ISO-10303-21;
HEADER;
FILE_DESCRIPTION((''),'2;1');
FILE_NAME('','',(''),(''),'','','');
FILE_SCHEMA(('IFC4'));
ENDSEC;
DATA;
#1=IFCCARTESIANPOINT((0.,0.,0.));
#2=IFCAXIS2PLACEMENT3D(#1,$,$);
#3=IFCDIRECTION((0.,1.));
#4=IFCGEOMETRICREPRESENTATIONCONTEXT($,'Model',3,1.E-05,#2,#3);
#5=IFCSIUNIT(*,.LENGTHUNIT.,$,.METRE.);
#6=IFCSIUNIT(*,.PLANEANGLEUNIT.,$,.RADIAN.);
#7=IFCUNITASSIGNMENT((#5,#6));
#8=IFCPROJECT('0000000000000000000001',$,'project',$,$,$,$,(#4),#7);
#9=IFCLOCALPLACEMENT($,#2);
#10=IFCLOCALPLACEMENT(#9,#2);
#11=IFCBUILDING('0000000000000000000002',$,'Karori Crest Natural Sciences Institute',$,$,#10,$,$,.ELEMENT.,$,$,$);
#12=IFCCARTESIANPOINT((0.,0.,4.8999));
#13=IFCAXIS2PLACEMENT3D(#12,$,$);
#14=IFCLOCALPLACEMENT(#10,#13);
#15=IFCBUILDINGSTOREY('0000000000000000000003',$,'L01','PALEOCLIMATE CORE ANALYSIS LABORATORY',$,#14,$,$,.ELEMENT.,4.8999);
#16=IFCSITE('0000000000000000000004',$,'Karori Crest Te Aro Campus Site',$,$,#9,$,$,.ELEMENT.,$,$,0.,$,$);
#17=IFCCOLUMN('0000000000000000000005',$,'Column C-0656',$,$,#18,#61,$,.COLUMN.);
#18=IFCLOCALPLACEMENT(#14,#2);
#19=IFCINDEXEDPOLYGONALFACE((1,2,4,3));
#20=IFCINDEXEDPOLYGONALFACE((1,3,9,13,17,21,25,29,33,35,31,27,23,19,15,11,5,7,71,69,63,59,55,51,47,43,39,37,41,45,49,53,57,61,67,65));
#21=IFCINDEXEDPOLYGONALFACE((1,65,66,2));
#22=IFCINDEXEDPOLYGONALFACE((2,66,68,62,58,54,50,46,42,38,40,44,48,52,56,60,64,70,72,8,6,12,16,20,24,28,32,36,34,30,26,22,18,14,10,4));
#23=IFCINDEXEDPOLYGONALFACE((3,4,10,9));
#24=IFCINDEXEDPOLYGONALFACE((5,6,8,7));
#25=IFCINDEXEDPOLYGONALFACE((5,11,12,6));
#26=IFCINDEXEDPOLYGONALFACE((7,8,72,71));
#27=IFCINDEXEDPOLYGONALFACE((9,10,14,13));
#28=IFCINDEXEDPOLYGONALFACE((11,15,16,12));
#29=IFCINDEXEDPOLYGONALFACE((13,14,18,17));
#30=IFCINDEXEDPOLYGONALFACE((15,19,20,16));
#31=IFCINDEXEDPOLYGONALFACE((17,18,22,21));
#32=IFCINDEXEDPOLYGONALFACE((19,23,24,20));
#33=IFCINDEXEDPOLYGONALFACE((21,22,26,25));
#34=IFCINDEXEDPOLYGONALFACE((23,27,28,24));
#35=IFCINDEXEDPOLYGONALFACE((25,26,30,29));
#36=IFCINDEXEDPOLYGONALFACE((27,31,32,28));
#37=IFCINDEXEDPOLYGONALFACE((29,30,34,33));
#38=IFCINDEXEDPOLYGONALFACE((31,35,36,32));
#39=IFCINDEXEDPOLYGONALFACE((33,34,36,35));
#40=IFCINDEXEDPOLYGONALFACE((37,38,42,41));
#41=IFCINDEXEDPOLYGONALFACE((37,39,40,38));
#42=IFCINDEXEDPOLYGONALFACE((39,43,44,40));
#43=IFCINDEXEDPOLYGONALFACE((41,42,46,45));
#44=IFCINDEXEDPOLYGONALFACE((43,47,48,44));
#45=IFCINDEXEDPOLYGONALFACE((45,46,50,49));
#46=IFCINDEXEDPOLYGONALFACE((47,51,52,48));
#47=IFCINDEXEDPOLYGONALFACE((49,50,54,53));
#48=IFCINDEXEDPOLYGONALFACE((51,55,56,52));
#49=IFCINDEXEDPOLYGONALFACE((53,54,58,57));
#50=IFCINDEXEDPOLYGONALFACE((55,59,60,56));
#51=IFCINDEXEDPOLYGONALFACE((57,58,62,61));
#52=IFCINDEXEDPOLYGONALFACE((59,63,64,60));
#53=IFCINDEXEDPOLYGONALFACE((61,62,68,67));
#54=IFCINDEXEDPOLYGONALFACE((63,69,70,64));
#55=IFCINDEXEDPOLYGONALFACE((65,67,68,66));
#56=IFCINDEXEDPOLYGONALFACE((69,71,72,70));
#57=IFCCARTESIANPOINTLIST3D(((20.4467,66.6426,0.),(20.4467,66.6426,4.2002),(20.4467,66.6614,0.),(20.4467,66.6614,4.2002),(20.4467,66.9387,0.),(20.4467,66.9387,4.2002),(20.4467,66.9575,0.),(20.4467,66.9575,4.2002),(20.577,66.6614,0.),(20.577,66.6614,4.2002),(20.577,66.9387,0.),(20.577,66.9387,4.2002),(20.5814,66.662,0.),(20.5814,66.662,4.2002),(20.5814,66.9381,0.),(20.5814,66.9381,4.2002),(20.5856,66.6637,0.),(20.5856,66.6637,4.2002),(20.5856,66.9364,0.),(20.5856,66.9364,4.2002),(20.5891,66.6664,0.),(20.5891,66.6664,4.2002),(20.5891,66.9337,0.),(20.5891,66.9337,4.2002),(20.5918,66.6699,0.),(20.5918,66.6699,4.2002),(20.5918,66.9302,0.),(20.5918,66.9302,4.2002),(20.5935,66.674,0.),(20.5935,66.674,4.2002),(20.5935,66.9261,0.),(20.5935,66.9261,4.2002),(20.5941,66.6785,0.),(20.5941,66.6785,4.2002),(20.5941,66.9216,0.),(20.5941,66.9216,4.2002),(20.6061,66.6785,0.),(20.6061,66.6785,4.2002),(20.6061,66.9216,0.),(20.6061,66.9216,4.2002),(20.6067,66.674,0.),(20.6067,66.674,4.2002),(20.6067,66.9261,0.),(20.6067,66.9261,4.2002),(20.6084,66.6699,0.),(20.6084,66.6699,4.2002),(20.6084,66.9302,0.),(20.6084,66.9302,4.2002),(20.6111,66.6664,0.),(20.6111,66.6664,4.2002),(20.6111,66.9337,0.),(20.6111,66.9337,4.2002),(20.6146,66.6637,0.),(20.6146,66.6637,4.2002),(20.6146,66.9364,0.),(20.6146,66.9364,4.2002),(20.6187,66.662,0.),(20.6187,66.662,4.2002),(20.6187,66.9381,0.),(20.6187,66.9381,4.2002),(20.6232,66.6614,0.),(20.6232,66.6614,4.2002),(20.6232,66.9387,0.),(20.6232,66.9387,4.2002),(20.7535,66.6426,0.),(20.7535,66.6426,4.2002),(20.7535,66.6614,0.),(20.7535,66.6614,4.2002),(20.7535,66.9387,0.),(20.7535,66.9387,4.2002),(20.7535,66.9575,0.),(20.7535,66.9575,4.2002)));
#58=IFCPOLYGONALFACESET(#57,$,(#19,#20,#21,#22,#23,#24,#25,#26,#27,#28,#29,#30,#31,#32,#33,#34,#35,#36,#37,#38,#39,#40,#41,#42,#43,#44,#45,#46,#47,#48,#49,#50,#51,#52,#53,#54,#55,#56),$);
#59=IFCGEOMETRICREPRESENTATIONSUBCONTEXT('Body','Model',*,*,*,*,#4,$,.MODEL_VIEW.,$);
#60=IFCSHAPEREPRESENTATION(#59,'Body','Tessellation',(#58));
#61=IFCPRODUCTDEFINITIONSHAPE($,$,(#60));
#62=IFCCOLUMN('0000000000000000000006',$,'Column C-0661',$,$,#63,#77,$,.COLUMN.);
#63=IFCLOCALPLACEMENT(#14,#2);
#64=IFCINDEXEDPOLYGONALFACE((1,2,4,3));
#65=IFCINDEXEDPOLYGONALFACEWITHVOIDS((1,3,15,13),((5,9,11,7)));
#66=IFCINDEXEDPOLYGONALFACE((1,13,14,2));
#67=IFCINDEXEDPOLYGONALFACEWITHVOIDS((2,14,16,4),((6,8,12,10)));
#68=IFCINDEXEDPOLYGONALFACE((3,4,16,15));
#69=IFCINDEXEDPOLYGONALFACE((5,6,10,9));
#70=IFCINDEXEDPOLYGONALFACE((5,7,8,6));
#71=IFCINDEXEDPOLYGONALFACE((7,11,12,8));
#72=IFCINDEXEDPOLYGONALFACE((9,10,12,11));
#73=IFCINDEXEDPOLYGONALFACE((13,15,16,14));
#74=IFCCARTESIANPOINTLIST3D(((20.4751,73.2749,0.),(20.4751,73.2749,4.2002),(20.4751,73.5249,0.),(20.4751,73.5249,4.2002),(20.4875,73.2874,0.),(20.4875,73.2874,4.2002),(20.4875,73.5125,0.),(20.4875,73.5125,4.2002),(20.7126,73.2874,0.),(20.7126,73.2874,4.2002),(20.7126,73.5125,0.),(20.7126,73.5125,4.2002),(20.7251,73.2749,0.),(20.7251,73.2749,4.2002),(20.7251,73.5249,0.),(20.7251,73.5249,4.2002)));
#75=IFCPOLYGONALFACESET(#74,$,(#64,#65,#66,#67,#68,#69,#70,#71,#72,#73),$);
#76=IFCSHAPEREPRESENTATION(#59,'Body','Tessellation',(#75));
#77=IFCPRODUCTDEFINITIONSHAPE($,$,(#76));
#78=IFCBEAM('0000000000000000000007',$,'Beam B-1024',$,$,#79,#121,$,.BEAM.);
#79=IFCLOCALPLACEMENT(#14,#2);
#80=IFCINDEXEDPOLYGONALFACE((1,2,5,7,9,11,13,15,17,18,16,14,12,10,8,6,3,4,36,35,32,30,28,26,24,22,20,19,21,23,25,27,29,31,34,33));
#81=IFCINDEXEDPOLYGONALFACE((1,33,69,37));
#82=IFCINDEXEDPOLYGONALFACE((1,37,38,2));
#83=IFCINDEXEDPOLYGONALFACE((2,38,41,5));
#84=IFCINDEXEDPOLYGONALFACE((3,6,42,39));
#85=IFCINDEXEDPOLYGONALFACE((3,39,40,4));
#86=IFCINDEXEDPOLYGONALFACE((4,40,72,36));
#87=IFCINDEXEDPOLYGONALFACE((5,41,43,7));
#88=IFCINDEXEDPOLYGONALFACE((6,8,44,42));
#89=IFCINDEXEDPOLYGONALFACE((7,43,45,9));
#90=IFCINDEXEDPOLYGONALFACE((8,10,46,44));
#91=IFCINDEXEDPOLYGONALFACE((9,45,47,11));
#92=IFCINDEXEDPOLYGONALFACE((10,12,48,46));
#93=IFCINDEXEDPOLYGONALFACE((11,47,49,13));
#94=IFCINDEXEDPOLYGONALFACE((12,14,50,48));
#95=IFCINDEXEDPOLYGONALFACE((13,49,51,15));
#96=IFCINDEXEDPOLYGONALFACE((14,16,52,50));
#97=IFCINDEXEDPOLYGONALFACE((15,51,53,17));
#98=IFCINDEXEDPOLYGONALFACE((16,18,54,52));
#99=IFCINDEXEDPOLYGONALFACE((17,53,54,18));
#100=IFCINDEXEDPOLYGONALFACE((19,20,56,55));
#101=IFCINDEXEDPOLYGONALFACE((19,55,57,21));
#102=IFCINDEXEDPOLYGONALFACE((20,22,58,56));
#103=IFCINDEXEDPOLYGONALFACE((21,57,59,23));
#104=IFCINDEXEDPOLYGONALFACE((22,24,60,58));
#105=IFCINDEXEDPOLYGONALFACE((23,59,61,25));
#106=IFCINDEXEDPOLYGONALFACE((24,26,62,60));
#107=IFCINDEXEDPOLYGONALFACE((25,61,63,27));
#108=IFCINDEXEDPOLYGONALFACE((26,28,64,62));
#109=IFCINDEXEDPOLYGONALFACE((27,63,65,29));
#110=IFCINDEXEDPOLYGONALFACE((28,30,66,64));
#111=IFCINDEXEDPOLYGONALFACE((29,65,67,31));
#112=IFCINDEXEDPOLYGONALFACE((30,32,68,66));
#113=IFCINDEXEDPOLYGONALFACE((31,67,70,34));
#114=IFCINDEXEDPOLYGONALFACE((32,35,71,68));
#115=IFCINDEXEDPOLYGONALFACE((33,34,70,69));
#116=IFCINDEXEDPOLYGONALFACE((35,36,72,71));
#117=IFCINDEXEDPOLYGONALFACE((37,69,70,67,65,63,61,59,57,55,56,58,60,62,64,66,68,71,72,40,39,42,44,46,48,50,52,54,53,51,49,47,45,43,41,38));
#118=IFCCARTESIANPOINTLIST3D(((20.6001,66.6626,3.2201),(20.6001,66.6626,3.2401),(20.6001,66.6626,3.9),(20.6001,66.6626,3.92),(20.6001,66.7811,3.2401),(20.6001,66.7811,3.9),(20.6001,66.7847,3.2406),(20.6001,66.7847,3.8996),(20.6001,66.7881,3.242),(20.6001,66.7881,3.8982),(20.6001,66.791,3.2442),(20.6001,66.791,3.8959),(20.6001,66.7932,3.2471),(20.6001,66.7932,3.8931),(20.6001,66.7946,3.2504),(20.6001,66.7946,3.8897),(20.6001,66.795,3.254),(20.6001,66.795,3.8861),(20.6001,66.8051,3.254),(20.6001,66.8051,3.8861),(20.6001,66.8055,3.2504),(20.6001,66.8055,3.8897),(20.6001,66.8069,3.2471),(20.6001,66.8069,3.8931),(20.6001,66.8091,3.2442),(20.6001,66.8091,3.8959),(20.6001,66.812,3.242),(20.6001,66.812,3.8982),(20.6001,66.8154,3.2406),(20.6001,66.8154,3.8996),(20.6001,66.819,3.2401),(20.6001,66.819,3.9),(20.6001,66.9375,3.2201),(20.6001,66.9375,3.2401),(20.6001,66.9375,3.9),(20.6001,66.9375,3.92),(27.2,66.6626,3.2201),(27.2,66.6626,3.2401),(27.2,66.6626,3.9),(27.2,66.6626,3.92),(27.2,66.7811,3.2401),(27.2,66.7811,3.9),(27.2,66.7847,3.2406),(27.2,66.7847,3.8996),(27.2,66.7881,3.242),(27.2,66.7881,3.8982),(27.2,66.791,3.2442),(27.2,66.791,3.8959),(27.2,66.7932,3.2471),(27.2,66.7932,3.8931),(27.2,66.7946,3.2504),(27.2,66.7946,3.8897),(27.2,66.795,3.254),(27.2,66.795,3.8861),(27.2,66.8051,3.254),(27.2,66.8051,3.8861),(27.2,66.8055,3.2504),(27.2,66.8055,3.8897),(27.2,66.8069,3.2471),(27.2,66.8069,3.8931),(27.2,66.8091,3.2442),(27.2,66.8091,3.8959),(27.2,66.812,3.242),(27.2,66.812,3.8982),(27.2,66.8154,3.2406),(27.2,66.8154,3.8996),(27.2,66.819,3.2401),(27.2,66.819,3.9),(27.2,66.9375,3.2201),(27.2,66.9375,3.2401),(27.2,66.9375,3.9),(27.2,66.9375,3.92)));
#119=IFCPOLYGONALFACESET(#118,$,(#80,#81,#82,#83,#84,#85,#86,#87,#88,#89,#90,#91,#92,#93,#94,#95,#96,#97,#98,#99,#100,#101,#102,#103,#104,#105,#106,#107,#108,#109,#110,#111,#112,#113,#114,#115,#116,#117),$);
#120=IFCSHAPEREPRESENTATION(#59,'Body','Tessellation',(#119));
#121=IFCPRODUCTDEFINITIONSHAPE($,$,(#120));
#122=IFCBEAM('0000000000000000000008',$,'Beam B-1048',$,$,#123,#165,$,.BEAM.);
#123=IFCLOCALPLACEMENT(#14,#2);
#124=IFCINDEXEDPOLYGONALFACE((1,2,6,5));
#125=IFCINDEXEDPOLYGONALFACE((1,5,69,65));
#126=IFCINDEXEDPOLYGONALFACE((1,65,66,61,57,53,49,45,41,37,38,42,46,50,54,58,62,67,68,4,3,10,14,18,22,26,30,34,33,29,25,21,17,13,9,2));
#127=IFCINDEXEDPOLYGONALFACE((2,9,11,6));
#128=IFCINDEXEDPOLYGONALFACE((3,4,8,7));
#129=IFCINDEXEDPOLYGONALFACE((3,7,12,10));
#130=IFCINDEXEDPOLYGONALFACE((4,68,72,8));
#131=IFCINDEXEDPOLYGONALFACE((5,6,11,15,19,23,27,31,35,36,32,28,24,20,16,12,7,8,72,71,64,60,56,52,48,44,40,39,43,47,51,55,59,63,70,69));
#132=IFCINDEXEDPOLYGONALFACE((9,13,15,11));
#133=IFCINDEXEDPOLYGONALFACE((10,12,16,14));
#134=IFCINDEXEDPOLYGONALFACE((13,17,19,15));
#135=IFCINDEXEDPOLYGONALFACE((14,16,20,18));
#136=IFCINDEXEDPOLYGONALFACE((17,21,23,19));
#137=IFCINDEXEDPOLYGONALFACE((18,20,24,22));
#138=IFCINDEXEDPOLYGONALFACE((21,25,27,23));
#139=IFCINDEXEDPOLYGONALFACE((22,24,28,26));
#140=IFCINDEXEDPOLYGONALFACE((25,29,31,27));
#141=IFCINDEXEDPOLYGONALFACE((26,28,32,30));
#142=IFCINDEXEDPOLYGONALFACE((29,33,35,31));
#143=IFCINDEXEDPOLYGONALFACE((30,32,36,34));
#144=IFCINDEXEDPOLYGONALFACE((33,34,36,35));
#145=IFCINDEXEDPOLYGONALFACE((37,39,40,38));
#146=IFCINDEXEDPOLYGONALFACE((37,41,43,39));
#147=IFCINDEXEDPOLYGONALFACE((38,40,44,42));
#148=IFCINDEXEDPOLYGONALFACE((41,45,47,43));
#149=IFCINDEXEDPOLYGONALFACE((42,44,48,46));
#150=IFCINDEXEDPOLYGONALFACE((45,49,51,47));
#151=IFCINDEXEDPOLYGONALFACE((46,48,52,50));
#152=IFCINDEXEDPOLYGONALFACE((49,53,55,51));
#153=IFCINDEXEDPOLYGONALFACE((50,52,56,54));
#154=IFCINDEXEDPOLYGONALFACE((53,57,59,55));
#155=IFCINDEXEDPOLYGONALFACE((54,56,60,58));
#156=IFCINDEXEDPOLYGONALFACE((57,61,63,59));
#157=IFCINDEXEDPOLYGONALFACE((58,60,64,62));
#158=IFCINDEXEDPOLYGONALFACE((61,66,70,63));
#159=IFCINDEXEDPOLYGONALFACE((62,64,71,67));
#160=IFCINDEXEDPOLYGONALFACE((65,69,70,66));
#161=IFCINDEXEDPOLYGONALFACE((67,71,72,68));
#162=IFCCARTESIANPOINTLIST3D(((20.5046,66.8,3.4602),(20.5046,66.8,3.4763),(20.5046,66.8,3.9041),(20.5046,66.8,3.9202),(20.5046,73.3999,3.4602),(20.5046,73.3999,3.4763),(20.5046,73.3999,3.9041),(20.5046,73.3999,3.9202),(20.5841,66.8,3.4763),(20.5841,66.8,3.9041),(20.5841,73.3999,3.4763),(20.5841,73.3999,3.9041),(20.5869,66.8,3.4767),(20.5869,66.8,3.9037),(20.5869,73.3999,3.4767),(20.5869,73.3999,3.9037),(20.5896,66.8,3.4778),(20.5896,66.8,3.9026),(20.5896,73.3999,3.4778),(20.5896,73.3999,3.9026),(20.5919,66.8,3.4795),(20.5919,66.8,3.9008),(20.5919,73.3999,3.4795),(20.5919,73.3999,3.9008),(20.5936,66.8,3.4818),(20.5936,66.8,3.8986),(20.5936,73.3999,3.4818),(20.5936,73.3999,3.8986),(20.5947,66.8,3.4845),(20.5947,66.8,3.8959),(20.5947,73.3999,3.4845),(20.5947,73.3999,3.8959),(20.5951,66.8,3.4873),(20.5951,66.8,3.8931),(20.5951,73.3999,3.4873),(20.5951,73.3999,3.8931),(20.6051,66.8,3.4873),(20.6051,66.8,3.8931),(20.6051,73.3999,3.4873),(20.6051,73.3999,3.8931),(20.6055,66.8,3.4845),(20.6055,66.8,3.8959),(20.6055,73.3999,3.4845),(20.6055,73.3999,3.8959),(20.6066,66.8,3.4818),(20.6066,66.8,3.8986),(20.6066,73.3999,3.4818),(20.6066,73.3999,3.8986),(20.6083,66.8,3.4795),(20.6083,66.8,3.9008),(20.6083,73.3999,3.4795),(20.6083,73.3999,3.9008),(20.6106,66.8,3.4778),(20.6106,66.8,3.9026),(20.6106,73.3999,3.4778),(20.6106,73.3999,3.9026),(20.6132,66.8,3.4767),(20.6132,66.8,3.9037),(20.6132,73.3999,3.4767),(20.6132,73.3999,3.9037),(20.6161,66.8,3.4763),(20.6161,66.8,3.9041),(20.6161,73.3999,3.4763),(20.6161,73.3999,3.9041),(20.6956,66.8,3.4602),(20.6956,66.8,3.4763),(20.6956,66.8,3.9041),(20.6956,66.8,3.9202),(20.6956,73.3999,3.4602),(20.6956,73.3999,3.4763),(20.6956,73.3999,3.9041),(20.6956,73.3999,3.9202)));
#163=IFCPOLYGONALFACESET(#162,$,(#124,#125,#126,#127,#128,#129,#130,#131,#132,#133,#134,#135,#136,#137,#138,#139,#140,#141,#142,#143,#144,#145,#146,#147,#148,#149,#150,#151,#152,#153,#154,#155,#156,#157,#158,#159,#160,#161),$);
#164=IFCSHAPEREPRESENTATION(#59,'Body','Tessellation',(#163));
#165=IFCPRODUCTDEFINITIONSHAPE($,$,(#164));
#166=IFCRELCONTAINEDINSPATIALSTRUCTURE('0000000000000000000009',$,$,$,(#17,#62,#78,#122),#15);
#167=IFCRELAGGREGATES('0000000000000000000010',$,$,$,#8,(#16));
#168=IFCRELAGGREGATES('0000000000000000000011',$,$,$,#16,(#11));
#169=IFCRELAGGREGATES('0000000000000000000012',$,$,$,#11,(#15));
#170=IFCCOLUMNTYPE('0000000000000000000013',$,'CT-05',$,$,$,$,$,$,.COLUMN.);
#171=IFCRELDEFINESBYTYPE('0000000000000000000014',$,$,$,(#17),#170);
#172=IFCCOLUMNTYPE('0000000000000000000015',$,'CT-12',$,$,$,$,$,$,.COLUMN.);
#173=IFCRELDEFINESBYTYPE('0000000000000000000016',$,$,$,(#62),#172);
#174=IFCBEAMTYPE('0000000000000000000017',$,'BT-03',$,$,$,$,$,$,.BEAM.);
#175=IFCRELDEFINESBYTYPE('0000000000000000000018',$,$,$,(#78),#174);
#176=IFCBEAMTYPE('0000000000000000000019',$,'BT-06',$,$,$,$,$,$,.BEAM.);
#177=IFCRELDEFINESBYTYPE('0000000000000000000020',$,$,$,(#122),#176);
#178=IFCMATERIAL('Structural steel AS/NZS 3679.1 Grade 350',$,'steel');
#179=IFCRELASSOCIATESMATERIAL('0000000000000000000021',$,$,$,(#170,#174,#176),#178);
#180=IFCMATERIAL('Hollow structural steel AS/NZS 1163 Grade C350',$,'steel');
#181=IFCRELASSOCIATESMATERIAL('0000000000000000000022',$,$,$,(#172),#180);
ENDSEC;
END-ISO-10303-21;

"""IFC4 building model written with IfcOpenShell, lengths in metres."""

from ifc_helpers import new_model, si_unit, direction, frame, origin, origin_2d, place, context, subcontext, project, spatial, hollow_rectangle, i_section, extrude, material, material_profile, profile_set, type_object, element, save


model = new_model("IFC4")

# Units and contexts
model_context = context("Model", 3, precision=1e-05, world=origin(), true_north=direction((0.0, 1.0)))
body_context = subcontext(model_context, "Body", "Model", "MODEL_VIEW")
ifc_project = project(units=[si_unit("LENGTHUNIT", "METRE"), si_unit("PLANEANGLEUNIT", "RADIAN")], contexts=[model_context])

# Site, building, storey
site_placement = place(None, origin())
site = spatial("IfcSite", under=ifc_project, at=site_placement, Name="Karori Crest Te Aro Campus Site", CompositionType="ELEMENT", RefElevation=0.0)
building_placement = place(site_placement, origin())
building = spatial("IfcBuilding", under=site, at=building_placement, Name="Karori Crest Natural Sciences Institute", CompositionType="ELEMENT")
storey_placement = place(building_placement, frame((0.0, 0.0, 4.8999)))
storey = spatial("IfcBuildingStorey", under=building, at=storey_placement, Name="L01", Description="PALEOCLIMATE CORE ANALYSIS LABORATORY", CompositionType="ELEMENT", Elevation=4.8999)

# Columns
ifc_material_1 = material(Name="Structural steel AS/NZS 3679.1 Grade 350", Category="steel")
ifc_material_profile_1 = material_profile(ifc_material_1, i_section(OverallWidth=0.3069, OverallDepth=0.3149, WebThickness=0.012, FlangeThickness=0.0188, FilletRadius=0.0171, at=origin_2d()), Name="310UC118")
ifc_profile_set_1 = profile_set([ifc_material_profile_1], Name="Structural steel AS/NZS 3679.1 Grade 350")
column_type_1 = type_object("IfcColumnType", Name="CT-05", PredefinedType="COLUMN", material=ifc_profile_set_1)
column_1_placement = place(storey_placement, frame((20.6001, 66.8, 0.0), z_axis=(0.0, 0.0, 1.0), x_axis=(1.0, 0.0, 0.0)))
element("IfcColumn", 1, at=column_1_placement, inside=storey, type_object=column_type_1, Name="Column C-0656", PredefinedType="COLUMN", context=body_context, shape_type="SweptSolid", body=[
    extrude(i_section(OverallWidth=0.3069, OverallDepth=0.3149, WebThickness=0.012, FlangeThickness=0.0188, FilletRadius=0.0171, at=origin_2d()), origin(), (0.0, 0.0, 1.0), 4.2002),
])
ifc_material_2 = material(Name="Hollow structural steel AS/NZS 1163 Grade C350", Category="steel")
ifc_material_profile_2 = material_profile(ifc_material_2, hollow_rectangle(XDim=0.25, YDim=0.25, WallThickness=0.0125, at=origin_2d()), Name="SHS250x250x12.5")
ifc_profile_set_2 = profile_set([ifc_material_profile_2], Name="Hollow structural steel AS/NZS 1163 Grade C350")
column_type_2 = type_object("IfcColumnType", Name="CT-12", PredefinedType="COLUMN", material=ifc_profile_set_2)
column_2_placement = place(storey_placement, frame((20.6001, 73.3999, 0.0), z_axis=(0.0, 0.0, 1.0), x_axis=(1.0, 0.0, 0.0)))
element("IfcColumn", 2, at=column_2_placement, inside=storey, type_object=column_type_2, Name="Column C-0661", PredefinedType="COLUMN", context=body_context, shape_type="SweptSolid", body=[
    extrude(hollow_rectangle(XDim=0.25, YDim=0.25, WallThickness=0.0125, at=origin_2d()), origin(), (0.0, 0.0, 1.0), 4.2002),
])

# Beams
ifc_material_profile_3 = material_profile(ifc_material_1, i_section(OverallWidth=0.2749, OverallDepth=0.7, WebThickness=0.01, FlangeThickness=0.02, FilletRadius=0.0139, at=origin_2d()), Name="700WB150")
ifc_profile_set_3 = profile_set([ifc_material_profile_3], Name="Structural steel AS/NZS 3679.1 Grade 350")
beam_type_1 = type_object("IfcBeamType", Name="BT-03", PredefinedType="BEAM", material=ifc_profile_set_3)
beam_1_placement = place(storey_placement, frame((20.6001, 66.8, 3.5701), z_axis=(1.0, 0.0, 0.0), x_axis=(0.0, 1.0, 0.0)))
element("IfcBeam", 3, at=beam_1_placement, inside=storey, type_object=beam_type_1, Name="Beam B-1024", PredefinedType="BEAM", context=body_context, shape_type="SweptSolid", body=[
    extrude(i_section(OverallWidth=0.2749, OverallDepth=0.7, WebThickness=0.01, FlangeThickness=0.02, FilletRadius=0.0139, at=origin_2d()), origin(), (0.0, 0.0, 1.0), 6.5999),
])
ifc_material_profile_4 = material_profile(ifc_material_1, i_section(OverallWidth=0.1909, OverallDepth=0.46, WebThickness=0.01, FlangeThickness=0.0161, FilletRadius=0.011, at=origin_2d()), Name="460UB82.1")
ifc_profile_set_4 = profile_set([ifc_material_profile_4], Name="Structural steel AS/NZS 3679.1 Grade 350")
beam_type_2 = type_object("IfcBeamType", Name="BT-06", PredefinedType="BEAM", material=ifc_profile_set_4)
beam_2_placement = place(storey_placement, frame((20.6001, 66.8, 3.6902), z_axis=(0.0, 1.0, 0.0), x_axis=(-1.0, 0.0, 0.0)))
element("IfcBeam", 4, at=beam_2_placement, inside=storey, type_object=beam_type_2, Name="Beam B-1048", PredefinedType="BEAM", context=body_context, shape_type="SweptSolid", body=[
    extrude(i_section(OverallWidth=0.1909, OverallDepth=0.46, WebThickness=0.01, FlangeThickness=0.0161, FilletRadius=0.011, at=origin_2d()), origin(), (0.0, 0.0, 1.0), 6.5999),
])

save(model, "model.ifc")
